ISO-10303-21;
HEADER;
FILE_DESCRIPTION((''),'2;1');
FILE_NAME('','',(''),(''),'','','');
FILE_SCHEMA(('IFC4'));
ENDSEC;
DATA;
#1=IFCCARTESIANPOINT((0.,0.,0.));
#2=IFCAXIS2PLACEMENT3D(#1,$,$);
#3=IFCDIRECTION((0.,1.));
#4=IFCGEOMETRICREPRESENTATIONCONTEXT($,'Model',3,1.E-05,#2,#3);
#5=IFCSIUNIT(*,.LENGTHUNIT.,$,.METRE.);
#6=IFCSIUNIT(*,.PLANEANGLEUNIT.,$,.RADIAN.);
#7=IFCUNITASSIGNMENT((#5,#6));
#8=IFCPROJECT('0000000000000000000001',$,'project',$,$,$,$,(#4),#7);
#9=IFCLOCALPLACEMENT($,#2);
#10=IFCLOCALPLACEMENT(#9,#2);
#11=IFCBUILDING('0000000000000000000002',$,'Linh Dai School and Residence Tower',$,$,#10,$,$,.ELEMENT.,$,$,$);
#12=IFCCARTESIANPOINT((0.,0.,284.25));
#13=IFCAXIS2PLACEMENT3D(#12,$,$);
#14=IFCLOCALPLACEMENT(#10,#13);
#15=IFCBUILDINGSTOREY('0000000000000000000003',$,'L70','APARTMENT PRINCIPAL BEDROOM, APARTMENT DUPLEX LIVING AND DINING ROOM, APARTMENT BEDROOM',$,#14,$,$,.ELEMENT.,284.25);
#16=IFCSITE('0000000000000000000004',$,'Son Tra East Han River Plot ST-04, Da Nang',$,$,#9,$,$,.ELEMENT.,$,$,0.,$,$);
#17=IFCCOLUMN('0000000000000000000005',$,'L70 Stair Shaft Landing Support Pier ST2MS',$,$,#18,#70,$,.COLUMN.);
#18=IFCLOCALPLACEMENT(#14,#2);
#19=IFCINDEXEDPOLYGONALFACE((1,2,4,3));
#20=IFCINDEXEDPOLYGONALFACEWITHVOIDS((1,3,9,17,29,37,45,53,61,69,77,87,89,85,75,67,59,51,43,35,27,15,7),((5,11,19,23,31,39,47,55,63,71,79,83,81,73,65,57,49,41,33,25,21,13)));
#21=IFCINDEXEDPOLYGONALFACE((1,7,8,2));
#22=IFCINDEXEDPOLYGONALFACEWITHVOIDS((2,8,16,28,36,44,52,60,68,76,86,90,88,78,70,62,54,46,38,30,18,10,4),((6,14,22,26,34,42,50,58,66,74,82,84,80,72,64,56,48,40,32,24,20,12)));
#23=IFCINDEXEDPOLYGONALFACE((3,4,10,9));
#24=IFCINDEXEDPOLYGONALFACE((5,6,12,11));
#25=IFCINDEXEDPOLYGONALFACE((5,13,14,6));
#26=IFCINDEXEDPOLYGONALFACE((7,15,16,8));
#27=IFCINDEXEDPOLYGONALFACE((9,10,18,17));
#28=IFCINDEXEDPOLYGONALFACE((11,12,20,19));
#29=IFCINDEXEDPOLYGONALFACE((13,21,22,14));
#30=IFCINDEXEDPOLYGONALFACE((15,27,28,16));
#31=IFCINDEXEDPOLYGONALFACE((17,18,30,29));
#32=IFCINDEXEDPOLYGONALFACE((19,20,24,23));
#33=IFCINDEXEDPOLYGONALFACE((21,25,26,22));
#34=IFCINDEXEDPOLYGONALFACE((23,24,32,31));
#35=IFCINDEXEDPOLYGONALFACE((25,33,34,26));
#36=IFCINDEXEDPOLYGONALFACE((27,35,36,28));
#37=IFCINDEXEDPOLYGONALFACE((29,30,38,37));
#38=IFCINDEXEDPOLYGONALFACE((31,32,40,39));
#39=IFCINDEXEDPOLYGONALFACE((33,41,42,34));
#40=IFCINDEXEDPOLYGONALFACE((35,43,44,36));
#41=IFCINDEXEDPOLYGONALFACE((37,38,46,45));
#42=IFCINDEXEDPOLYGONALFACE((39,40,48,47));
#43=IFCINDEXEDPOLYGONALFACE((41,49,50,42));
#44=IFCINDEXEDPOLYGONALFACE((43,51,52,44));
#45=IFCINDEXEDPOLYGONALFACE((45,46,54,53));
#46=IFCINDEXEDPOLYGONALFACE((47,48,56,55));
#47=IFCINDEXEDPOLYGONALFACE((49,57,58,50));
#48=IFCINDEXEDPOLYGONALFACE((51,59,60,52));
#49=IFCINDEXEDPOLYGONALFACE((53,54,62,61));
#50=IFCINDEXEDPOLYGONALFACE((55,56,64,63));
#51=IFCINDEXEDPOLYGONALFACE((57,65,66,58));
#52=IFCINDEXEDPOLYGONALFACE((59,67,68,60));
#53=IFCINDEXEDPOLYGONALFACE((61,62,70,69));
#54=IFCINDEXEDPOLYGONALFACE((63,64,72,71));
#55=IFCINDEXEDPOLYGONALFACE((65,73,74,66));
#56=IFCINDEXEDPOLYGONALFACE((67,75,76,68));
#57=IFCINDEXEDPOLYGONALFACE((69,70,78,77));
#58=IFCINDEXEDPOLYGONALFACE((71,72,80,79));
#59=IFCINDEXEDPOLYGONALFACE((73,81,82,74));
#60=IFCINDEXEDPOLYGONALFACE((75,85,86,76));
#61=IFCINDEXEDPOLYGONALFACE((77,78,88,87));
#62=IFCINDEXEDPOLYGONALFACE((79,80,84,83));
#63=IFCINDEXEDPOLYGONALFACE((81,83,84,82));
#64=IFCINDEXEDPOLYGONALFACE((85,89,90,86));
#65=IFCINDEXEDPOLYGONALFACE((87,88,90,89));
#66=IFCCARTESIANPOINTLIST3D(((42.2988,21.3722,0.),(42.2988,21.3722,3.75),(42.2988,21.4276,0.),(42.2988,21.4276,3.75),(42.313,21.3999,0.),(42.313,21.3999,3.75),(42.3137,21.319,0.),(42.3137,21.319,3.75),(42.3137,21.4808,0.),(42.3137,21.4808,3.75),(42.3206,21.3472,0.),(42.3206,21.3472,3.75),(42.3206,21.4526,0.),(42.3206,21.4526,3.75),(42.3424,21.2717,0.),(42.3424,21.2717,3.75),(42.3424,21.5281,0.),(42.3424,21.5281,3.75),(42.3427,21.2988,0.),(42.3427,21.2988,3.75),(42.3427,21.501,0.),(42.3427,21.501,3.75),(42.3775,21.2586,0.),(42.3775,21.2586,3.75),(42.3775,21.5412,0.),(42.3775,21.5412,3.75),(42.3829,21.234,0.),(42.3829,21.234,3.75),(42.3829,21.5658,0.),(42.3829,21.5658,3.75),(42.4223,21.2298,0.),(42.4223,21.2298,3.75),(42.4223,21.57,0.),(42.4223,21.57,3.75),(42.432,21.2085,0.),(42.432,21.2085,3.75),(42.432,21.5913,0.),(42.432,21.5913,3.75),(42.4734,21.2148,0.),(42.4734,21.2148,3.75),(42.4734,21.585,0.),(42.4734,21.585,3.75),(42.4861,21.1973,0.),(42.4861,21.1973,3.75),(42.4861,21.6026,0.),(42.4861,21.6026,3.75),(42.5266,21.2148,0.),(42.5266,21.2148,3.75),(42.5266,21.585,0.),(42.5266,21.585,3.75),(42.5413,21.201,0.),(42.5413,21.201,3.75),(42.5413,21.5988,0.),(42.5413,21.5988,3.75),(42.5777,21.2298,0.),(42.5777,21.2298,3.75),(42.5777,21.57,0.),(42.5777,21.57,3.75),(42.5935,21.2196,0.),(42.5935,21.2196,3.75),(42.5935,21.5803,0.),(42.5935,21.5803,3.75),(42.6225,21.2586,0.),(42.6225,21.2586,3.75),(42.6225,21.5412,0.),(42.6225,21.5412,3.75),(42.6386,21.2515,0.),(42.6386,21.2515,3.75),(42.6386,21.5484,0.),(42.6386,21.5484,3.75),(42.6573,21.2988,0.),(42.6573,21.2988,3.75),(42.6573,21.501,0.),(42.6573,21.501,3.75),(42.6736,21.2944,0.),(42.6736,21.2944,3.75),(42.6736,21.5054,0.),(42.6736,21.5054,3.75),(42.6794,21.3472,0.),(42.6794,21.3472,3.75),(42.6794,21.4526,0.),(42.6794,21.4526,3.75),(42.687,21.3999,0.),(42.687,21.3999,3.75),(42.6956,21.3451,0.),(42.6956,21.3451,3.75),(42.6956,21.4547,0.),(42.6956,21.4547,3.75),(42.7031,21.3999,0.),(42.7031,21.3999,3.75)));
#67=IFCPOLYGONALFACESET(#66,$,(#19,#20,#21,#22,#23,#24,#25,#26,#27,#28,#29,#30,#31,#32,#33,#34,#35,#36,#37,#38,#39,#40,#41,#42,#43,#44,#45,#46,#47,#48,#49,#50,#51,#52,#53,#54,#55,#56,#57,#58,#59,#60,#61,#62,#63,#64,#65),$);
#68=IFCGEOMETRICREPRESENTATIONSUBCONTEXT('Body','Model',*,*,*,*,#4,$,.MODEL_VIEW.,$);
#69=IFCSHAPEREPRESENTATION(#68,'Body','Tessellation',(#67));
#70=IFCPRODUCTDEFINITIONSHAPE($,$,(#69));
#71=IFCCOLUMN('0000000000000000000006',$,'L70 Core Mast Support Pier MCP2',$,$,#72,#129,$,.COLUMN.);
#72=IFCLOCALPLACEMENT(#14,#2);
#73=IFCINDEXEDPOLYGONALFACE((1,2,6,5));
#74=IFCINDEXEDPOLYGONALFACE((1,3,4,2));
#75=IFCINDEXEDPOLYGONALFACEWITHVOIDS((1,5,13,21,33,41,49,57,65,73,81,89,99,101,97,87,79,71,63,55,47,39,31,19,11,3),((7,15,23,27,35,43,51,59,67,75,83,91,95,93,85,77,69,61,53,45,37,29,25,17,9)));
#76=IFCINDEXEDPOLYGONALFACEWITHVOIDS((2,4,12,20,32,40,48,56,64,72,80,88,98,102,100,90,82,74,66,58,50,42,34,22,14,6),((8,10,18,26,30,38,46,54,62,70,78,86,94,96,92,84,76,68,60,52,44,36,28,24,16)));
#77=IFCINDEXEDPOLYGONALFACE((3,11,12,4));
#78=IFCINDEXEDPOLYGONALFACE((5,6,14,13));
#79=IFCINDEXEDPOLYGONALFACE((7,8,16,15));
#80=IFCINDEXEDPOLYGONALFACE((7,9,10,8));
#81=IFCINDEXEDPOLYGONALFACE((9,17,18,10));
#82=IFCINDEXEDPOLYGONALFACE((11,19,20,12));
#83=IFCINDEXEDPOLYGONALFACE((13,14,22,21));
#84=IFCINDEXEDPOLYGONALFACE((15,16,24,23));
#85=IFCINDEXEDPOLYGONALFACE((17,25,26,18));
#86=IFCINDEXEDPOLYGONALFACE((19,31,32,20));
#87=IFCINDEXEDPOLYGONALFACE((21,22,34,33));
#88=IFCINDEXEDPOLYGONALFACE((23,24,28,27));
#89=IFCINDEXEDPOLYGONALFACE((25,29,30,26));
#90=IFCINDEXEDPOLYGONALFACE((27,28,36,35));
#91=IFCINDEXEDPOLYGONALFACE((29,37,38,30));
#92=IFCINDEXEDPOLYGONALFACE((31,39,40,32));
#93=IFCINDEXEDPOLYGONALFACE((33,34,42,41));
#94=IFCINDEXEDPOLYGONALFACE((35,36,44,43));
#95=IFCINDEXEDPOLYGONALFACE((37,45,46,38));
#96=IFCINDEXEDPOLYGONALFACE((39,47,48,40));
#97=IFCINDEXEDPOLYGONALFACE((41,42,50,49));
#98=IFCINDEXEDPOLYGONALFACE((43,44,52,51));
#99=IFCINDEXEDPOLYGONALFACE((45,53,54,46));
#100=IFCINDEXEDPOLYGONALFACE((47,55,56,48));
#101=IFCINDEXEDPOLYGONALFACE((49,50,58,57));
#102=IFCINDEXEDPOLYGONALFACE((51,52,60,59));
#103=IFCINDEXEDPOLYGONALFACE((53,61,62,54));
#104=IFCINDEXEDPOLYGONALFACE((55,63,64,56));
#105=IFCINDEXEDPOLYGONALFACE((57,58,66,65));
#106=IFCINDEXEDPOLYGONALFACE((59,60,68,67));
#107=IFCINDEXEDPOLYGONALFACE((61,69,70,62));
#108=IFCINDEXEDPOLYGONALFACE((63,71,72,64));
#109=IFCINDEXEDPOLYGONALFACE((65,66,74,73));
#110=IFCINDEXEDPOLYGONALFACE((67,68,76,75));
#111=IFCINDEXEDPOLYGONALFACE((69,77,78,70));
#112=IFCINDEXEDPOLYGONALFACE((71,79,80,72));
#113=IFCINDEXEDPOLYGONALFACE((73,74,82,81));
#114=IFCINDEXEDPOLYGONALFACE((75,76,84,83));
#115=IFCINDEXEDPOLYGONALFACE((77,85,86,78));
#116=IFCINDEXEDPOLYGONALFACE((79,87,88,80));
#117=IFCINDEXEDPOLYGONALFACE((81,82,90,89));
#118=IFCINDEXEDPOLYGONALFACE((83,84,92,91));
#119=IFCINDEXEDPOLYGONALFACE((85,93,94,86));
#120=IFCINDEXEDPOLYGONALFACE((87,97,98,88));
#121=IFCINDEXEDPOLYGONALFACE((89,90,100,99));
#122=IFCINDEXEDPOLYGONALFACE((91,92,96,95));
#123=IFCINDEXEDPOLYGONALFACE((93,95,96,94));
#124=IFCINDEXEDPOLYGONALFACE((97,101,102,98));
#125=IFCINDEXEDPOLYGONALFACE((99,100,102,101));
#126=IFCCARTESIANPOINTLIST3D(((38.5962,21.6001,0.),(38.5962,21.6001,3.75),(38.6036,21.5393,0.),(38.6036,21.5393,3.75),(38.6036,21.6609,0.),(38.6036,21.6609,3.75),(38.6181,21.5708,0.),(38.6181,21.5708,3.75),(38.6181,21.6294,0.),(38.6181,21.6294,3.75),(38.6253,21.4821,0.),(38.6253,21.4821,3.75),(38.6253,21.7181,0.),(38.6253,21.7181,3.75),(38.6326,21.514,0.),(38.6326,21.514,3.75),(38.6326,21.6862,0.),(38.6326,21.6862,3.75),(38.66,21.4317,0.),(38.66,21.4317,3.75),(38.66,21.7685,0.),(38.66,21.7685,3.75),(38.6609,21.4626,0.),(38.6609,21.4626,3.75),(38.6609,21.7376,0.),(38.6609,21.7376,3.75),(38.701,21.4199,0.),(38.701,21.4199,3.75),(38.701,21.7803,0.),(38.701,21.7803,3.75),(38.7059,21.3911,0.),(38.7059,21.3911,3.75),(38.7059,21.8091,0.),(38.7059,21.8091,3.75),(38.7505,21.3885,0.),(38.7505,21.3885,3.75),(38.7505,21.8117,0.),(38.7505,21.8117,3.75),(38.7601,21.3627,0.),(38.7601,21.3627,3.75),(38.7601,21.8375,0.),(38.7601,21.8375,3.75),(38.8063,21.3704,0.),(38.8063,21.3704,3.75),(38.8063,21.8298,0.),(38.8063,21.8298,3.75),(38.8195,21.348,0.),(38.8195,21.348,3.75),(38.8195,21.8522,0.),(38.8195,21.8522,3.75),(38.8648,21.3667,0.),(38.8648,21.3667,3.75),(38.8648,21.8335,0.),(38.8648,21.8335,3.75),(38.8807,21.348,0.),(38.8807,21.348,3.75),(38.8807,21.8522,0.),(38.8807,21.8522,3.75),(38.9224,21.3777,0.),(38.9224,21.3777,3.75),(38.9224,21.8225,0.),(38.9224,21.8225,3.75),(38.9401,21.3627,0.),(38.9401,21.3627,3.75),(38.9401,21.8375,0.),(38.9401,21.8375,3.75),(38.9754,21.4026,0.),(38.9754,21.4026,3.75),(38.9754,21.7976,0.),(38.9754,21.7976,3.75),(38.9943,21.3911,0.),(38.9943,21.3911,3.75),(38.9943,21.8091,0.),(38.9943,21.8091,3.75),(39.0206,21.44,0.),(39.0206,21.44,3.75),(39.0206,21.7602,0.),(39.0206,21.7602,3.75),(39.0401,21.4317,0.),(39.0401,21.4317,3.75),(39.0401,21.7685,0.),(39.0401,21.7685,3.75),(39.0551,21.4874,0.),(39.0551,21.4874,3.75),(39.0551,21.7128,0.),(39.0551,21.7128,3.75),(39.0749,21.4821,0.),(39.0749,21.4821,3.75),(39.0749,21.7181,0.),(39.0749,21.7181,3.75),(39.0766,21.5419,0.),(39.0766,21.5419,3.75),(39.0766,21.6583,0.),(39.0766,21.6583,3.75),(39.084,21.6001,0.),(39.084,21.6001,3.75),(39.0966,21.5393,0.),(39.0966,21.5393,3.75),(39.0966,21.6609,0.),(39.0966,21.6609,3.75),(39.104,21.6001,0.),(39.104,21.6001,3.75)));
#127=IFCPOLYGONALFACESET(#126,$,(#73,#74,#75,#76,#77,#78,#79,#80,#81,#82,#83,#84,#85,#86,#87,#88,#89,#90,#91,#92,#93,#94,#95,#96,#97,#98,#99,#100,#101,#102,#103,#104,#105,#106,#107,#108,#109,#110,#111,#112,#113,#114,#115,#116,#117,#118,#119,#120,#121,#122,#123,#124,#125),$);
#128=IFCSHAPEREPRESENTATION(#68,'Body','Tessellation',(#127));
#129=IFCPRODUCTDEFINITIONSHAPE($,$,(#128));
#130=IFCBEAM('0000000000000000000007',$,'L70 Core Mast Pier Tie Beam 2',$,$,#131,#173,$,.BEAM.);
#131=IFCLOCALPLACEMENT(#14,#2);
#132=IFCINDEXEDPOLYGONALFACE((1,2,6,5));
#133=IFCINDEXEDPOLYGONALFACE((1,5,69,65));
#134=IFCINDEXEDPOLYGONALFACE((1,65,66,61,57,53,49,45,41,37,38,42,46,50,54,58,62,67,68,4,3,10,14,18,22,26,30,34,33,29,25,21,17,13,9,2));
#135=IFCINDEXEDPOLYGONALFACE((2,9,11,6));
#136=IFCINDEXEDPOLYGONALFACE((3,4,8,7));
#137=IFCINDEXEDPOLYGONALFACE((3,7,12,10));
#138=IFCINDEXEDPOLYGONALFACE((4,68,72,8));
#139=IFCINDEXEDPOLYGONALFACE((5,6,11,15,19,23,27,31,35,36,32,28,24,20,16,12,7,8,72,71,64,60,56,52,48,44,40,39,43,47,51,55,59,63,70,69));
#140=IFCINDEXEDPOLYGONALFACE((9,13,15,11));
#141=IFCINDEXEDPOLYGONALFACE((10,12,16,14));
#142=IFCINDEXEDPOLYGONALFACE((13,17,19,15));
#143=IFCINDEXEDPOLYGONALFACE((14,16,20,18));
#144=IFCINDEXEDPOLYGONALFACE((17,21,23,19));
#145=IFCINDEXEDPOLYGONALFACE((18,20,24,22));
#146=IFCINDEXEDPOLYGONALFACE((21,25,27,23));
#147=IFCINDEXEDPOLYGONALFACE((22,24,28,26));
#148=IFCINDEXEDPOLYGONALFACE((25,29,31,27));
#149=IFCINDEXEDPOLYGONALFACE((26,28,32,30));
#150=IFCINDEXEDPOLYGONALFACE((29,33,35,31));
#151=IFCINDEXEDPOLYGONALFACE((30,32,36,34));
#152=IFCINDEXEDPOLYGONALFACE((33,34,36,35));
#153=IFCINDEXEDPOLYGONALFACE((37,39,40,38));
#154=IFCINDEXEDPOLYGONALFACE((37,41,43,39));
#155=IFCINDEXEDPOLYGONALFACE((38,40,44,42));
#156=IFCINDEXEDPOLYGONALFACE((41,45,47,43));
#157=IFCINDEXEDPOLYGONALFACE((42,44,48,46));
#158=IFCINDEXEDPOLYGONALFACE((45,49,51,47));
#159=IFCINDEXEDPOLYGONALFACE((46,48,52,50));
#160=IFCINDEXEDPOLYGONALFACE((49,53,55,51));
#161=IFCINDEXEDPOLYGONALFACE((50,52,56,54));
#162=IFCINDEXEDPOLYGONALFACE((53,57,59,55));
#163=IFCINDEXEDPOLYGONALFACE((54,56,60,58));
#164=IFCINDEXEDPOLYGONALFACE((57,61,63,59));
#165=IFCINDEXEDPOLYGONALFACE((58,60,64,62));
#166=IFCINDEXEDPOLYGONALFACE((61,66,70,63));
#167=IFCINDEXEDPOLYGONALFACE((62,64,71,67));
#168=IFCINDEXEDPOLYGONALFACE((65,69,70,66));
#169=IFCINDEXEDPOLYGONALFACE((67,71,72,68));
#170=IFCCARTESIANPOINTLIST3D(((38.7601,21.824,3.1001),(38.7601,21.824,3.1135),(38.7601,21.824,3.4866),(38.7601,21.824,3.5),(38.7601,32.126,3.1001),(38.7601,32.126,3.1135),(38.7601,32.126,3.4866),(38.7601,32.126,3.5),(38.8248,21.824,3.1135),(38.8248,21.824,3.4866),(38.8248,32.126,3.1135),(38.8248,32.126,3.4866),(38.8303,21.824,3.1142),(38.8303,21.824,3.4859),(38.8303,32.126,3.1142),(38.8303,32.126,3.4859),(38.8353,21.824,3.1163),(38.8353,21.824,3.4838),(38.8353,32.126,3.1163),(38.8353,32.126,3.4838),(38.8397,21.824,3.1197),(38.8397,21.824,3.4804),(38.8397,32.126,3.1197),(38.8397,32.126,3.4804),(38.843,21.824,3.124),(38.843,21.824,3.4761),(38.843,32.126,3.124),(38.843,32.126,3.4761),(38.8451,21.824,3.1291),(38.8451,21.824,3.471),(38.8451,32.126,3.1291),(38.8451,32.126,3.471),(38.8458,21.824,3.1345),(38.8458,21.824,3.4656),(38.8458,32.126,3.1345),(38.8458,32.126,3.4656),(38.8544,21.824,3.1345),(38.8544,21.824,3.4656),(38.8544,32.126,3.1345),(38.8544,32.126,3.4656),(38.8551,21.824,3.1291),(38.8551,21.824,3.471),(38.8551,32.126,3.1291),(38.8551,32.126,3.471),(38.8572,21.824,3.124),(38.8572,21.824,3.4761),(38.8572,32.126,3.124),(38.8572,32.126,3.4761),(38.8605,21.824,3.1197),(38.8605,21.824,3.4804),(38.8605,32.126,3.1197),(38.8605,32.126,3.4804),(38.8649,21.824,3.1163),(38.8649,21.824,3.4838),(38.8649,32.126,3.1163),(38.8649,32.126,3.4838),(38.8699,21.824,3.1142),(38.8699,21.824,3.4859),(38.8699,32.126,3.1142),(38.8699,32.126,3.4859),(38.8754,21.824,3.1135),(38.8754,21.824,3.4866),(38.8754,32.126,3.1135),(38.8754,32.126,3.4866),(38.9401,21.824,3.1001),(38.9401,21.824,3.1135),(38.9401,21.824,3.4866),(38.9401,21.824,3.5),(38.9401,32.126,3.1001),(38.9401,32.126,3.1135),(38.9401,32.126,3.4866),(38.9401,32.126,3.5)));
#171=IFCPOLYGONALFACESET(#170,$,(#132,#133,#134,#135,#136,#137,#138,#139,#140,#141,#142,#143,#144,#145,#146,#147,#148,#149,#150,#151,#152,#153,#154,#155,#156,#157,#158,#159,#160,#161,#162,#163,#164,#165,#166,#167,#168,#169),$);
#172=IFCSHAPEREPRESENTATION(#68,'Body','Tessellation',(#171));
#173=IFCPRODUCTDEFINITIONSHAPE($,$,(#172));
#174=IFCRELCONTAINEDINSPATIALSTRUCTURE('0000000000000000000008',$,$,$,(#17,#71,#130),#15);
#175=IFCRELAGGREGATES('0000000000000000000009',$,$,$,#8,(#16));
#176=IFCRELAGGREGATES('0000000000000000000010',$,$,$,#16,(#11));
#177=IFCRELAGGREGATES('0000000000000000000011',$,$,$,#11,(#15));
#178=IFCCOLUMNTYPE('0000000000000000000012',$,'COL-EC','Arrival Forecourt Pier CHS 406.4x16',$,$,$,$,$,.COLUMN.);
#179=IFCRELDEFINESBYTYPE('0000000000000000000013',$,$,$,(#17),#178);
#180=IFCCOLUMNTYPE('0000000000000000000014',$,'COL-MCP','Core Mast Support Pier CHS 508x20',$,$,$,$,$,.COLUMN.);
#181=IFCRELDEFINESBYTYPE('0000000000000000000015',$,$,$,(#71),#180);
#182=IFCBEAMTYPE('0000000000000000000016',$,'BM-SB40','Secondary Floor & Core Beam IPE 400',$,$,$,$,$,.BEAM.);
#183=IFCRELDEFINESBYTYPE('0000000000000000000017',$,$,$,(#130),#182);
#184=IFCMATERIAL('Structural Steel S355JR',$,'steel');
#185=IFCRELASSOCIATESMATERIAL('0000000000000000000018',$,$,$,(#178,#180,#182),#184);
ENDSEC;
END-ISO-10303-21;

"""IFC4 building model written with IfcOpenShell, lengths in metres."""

from ifc_helpers import new_model, si_unit, direction, frame, origin, origin_2d, place, context, subcontext, project, spatial, hollow_circle, i_section, extrude, material, material_profile, profile_set, type_object, element, save


model = new_model("IFC4")

# Units and contexts
model_context = context("Model", 3, precision=1e-05, world=origin(), true_north=direction((0.0, 1.0)))
body_context = subcontext(model_context, "Body", "Model", "MODEL_VIEW")
ifc_project = project(units=[si_unit("LENGTHUNIT", "METRE"), si_unit("PLANEANGLEUNIT", "RADIAN")], contexts=[model_context])

# Site, building, storey
site_placement = place(None, origin())
site = spatial("IfcSite", under=ifc_project, at=site_placement, Name="Son Tra East Han River Plot ST-04, Da Nang", CompositionType="ELEMENT", RefElevation=0.0)
building_placement = place(site_placement, origin())
building = spatial("IfcBuilding", under=site, at=building_placement, Name="Linh Dai School and Residence Tower", CompositionType="ELEMENT")
storey_placement = place(building_placement, frame((0.0, 0.0, 284.25)))
storey = spatial("IfcBuildingStorey", under=building, at=storey_placement, Name="L70", Description="APARTMENT PRINCIPAL BEDROOM, APARTMENT DUPLEX LIVING AND DINING ROOM, APARTMENT BEDROOM", CompositionType="ELEMENT", Elevation=284.25)

# Columns
ifc_material_1 = material(Name="Structural Steel S355JR", Category="steel")
ifc_material_profile_1 = material_profile(ifc_material_1, hollow_circle(Radius=0.2031, WallThickness=0.0161, at=origin_2d()), Name="CHS 406.4x16")
ifc_profile_set_1 = profile_set([ifc_material_profile_1], Name="Structural Steel S355JR")
column_type_1 = type_object("IfcColumnType", Name="COL-EC", Description="Arrival Forecourt Pier CHS 406.4x16", PredefinedType="COLUMN", material=ifc_profile_set_1)
column_1_placement = place(storey_placement, frame((42.5, 21.3999, 0.0), z_axis=(0.0, 0.0, 1.0), x_axis=(1.0, 0.0, 0.0)))
element("IfcColumn", 1, at=column_1_placement, inside=storey, type_object=column_type_1, Name="L70 Stair Shaft Landing Support Pier ST2MS", PredefinedType="COLUMN", context=body_context, shape_type="SweptSolid", body=[
    extrude(hollow_circle(Radius=0.2031, WallThickness=0.0161, at=origin_2d()), origin(), (0.0, 0.0, 1.0), 3.75),
])
ifc_material_profile_2 = material_profile(ifc_material_1, hollow_circle(Radius=0.2539, WallThickness=0.02, at=origin_2d()), Name="CHS 508x20")
ifc_profile_set_2 = profile_set([ifc_material_profile_2], Name="Structural Steel S355JR")
column_type_2 = type_object("IfcColumnType", Name="COL-MCP", Description="Core Mast Support Pier CHS 508x20", PredefinedType="COLUMN", material=ifc_profile_set_2)
column_2_placement = place(storey_placement, frame((38.8501, 21.6001, 0.0), z_axis=(0.0, 0.0, 1.0), x_axis=(1.0, 0.0, 0.0)))
element("IfcColumn", 2, at=column_2_placement, inside=storey, type_object=column_type_2, Name="L70 Core Mast Support Pier MCP2", PredefinedType="COLUMN", context=body_context, shape_type="SweptSolid", body=[
    extrude(hollow_circle(Radius=0.2539, WallThickness=0.02, at=origin_2d()), origin(), (0.0, 0.0, 1.0), 3.75),
])

# Beam
ifc_material_profile_3 = material_profile(ifc_material_1, i_section(OverallWidth=0.1799, OverallDepth=0.3999, WebThickness=0.0085, FlangeThickness=0.0134, FilletRadius=0.021, at=origin_2d()), Name="IPE 400")
ifc_profile_set_3 = profile_set([ifc_material_profile_3], Name="Structural Steel S355JR")
beam_type = type_object("IfcBeamType", Name="BM-SB40", Description="Secondary Floor & Core Beam IPE 400", PredefinedType="BEAM", material=ifc_profile_set_3)
beam_placement = place(storey_placement, frame((38.8501, 21.824, 3.3), z_axis=(0.0, 1.0, 0.0), x_axis=(-1.0, 0.0, 0.0)))
element("IfcBeam", 3, at=beam_placement, inside=storey, type_object=beam_type, Name="L70 Core Mast Pier Tie Beam 2", PredefinedType="BEAM", context=body_context, shape_type="SweptSolid", body=[
    extrude(i_section(OverallWidth=0.1799, OverallDepth=0.3999, WebThickness=0.0085, FlangeThickness=0.0134, FilletRadius=0.021, at=origin_2d()), origin(), (0.0, 0.0, 1.0), 10.302),
])

save(model, "model.ifc")
